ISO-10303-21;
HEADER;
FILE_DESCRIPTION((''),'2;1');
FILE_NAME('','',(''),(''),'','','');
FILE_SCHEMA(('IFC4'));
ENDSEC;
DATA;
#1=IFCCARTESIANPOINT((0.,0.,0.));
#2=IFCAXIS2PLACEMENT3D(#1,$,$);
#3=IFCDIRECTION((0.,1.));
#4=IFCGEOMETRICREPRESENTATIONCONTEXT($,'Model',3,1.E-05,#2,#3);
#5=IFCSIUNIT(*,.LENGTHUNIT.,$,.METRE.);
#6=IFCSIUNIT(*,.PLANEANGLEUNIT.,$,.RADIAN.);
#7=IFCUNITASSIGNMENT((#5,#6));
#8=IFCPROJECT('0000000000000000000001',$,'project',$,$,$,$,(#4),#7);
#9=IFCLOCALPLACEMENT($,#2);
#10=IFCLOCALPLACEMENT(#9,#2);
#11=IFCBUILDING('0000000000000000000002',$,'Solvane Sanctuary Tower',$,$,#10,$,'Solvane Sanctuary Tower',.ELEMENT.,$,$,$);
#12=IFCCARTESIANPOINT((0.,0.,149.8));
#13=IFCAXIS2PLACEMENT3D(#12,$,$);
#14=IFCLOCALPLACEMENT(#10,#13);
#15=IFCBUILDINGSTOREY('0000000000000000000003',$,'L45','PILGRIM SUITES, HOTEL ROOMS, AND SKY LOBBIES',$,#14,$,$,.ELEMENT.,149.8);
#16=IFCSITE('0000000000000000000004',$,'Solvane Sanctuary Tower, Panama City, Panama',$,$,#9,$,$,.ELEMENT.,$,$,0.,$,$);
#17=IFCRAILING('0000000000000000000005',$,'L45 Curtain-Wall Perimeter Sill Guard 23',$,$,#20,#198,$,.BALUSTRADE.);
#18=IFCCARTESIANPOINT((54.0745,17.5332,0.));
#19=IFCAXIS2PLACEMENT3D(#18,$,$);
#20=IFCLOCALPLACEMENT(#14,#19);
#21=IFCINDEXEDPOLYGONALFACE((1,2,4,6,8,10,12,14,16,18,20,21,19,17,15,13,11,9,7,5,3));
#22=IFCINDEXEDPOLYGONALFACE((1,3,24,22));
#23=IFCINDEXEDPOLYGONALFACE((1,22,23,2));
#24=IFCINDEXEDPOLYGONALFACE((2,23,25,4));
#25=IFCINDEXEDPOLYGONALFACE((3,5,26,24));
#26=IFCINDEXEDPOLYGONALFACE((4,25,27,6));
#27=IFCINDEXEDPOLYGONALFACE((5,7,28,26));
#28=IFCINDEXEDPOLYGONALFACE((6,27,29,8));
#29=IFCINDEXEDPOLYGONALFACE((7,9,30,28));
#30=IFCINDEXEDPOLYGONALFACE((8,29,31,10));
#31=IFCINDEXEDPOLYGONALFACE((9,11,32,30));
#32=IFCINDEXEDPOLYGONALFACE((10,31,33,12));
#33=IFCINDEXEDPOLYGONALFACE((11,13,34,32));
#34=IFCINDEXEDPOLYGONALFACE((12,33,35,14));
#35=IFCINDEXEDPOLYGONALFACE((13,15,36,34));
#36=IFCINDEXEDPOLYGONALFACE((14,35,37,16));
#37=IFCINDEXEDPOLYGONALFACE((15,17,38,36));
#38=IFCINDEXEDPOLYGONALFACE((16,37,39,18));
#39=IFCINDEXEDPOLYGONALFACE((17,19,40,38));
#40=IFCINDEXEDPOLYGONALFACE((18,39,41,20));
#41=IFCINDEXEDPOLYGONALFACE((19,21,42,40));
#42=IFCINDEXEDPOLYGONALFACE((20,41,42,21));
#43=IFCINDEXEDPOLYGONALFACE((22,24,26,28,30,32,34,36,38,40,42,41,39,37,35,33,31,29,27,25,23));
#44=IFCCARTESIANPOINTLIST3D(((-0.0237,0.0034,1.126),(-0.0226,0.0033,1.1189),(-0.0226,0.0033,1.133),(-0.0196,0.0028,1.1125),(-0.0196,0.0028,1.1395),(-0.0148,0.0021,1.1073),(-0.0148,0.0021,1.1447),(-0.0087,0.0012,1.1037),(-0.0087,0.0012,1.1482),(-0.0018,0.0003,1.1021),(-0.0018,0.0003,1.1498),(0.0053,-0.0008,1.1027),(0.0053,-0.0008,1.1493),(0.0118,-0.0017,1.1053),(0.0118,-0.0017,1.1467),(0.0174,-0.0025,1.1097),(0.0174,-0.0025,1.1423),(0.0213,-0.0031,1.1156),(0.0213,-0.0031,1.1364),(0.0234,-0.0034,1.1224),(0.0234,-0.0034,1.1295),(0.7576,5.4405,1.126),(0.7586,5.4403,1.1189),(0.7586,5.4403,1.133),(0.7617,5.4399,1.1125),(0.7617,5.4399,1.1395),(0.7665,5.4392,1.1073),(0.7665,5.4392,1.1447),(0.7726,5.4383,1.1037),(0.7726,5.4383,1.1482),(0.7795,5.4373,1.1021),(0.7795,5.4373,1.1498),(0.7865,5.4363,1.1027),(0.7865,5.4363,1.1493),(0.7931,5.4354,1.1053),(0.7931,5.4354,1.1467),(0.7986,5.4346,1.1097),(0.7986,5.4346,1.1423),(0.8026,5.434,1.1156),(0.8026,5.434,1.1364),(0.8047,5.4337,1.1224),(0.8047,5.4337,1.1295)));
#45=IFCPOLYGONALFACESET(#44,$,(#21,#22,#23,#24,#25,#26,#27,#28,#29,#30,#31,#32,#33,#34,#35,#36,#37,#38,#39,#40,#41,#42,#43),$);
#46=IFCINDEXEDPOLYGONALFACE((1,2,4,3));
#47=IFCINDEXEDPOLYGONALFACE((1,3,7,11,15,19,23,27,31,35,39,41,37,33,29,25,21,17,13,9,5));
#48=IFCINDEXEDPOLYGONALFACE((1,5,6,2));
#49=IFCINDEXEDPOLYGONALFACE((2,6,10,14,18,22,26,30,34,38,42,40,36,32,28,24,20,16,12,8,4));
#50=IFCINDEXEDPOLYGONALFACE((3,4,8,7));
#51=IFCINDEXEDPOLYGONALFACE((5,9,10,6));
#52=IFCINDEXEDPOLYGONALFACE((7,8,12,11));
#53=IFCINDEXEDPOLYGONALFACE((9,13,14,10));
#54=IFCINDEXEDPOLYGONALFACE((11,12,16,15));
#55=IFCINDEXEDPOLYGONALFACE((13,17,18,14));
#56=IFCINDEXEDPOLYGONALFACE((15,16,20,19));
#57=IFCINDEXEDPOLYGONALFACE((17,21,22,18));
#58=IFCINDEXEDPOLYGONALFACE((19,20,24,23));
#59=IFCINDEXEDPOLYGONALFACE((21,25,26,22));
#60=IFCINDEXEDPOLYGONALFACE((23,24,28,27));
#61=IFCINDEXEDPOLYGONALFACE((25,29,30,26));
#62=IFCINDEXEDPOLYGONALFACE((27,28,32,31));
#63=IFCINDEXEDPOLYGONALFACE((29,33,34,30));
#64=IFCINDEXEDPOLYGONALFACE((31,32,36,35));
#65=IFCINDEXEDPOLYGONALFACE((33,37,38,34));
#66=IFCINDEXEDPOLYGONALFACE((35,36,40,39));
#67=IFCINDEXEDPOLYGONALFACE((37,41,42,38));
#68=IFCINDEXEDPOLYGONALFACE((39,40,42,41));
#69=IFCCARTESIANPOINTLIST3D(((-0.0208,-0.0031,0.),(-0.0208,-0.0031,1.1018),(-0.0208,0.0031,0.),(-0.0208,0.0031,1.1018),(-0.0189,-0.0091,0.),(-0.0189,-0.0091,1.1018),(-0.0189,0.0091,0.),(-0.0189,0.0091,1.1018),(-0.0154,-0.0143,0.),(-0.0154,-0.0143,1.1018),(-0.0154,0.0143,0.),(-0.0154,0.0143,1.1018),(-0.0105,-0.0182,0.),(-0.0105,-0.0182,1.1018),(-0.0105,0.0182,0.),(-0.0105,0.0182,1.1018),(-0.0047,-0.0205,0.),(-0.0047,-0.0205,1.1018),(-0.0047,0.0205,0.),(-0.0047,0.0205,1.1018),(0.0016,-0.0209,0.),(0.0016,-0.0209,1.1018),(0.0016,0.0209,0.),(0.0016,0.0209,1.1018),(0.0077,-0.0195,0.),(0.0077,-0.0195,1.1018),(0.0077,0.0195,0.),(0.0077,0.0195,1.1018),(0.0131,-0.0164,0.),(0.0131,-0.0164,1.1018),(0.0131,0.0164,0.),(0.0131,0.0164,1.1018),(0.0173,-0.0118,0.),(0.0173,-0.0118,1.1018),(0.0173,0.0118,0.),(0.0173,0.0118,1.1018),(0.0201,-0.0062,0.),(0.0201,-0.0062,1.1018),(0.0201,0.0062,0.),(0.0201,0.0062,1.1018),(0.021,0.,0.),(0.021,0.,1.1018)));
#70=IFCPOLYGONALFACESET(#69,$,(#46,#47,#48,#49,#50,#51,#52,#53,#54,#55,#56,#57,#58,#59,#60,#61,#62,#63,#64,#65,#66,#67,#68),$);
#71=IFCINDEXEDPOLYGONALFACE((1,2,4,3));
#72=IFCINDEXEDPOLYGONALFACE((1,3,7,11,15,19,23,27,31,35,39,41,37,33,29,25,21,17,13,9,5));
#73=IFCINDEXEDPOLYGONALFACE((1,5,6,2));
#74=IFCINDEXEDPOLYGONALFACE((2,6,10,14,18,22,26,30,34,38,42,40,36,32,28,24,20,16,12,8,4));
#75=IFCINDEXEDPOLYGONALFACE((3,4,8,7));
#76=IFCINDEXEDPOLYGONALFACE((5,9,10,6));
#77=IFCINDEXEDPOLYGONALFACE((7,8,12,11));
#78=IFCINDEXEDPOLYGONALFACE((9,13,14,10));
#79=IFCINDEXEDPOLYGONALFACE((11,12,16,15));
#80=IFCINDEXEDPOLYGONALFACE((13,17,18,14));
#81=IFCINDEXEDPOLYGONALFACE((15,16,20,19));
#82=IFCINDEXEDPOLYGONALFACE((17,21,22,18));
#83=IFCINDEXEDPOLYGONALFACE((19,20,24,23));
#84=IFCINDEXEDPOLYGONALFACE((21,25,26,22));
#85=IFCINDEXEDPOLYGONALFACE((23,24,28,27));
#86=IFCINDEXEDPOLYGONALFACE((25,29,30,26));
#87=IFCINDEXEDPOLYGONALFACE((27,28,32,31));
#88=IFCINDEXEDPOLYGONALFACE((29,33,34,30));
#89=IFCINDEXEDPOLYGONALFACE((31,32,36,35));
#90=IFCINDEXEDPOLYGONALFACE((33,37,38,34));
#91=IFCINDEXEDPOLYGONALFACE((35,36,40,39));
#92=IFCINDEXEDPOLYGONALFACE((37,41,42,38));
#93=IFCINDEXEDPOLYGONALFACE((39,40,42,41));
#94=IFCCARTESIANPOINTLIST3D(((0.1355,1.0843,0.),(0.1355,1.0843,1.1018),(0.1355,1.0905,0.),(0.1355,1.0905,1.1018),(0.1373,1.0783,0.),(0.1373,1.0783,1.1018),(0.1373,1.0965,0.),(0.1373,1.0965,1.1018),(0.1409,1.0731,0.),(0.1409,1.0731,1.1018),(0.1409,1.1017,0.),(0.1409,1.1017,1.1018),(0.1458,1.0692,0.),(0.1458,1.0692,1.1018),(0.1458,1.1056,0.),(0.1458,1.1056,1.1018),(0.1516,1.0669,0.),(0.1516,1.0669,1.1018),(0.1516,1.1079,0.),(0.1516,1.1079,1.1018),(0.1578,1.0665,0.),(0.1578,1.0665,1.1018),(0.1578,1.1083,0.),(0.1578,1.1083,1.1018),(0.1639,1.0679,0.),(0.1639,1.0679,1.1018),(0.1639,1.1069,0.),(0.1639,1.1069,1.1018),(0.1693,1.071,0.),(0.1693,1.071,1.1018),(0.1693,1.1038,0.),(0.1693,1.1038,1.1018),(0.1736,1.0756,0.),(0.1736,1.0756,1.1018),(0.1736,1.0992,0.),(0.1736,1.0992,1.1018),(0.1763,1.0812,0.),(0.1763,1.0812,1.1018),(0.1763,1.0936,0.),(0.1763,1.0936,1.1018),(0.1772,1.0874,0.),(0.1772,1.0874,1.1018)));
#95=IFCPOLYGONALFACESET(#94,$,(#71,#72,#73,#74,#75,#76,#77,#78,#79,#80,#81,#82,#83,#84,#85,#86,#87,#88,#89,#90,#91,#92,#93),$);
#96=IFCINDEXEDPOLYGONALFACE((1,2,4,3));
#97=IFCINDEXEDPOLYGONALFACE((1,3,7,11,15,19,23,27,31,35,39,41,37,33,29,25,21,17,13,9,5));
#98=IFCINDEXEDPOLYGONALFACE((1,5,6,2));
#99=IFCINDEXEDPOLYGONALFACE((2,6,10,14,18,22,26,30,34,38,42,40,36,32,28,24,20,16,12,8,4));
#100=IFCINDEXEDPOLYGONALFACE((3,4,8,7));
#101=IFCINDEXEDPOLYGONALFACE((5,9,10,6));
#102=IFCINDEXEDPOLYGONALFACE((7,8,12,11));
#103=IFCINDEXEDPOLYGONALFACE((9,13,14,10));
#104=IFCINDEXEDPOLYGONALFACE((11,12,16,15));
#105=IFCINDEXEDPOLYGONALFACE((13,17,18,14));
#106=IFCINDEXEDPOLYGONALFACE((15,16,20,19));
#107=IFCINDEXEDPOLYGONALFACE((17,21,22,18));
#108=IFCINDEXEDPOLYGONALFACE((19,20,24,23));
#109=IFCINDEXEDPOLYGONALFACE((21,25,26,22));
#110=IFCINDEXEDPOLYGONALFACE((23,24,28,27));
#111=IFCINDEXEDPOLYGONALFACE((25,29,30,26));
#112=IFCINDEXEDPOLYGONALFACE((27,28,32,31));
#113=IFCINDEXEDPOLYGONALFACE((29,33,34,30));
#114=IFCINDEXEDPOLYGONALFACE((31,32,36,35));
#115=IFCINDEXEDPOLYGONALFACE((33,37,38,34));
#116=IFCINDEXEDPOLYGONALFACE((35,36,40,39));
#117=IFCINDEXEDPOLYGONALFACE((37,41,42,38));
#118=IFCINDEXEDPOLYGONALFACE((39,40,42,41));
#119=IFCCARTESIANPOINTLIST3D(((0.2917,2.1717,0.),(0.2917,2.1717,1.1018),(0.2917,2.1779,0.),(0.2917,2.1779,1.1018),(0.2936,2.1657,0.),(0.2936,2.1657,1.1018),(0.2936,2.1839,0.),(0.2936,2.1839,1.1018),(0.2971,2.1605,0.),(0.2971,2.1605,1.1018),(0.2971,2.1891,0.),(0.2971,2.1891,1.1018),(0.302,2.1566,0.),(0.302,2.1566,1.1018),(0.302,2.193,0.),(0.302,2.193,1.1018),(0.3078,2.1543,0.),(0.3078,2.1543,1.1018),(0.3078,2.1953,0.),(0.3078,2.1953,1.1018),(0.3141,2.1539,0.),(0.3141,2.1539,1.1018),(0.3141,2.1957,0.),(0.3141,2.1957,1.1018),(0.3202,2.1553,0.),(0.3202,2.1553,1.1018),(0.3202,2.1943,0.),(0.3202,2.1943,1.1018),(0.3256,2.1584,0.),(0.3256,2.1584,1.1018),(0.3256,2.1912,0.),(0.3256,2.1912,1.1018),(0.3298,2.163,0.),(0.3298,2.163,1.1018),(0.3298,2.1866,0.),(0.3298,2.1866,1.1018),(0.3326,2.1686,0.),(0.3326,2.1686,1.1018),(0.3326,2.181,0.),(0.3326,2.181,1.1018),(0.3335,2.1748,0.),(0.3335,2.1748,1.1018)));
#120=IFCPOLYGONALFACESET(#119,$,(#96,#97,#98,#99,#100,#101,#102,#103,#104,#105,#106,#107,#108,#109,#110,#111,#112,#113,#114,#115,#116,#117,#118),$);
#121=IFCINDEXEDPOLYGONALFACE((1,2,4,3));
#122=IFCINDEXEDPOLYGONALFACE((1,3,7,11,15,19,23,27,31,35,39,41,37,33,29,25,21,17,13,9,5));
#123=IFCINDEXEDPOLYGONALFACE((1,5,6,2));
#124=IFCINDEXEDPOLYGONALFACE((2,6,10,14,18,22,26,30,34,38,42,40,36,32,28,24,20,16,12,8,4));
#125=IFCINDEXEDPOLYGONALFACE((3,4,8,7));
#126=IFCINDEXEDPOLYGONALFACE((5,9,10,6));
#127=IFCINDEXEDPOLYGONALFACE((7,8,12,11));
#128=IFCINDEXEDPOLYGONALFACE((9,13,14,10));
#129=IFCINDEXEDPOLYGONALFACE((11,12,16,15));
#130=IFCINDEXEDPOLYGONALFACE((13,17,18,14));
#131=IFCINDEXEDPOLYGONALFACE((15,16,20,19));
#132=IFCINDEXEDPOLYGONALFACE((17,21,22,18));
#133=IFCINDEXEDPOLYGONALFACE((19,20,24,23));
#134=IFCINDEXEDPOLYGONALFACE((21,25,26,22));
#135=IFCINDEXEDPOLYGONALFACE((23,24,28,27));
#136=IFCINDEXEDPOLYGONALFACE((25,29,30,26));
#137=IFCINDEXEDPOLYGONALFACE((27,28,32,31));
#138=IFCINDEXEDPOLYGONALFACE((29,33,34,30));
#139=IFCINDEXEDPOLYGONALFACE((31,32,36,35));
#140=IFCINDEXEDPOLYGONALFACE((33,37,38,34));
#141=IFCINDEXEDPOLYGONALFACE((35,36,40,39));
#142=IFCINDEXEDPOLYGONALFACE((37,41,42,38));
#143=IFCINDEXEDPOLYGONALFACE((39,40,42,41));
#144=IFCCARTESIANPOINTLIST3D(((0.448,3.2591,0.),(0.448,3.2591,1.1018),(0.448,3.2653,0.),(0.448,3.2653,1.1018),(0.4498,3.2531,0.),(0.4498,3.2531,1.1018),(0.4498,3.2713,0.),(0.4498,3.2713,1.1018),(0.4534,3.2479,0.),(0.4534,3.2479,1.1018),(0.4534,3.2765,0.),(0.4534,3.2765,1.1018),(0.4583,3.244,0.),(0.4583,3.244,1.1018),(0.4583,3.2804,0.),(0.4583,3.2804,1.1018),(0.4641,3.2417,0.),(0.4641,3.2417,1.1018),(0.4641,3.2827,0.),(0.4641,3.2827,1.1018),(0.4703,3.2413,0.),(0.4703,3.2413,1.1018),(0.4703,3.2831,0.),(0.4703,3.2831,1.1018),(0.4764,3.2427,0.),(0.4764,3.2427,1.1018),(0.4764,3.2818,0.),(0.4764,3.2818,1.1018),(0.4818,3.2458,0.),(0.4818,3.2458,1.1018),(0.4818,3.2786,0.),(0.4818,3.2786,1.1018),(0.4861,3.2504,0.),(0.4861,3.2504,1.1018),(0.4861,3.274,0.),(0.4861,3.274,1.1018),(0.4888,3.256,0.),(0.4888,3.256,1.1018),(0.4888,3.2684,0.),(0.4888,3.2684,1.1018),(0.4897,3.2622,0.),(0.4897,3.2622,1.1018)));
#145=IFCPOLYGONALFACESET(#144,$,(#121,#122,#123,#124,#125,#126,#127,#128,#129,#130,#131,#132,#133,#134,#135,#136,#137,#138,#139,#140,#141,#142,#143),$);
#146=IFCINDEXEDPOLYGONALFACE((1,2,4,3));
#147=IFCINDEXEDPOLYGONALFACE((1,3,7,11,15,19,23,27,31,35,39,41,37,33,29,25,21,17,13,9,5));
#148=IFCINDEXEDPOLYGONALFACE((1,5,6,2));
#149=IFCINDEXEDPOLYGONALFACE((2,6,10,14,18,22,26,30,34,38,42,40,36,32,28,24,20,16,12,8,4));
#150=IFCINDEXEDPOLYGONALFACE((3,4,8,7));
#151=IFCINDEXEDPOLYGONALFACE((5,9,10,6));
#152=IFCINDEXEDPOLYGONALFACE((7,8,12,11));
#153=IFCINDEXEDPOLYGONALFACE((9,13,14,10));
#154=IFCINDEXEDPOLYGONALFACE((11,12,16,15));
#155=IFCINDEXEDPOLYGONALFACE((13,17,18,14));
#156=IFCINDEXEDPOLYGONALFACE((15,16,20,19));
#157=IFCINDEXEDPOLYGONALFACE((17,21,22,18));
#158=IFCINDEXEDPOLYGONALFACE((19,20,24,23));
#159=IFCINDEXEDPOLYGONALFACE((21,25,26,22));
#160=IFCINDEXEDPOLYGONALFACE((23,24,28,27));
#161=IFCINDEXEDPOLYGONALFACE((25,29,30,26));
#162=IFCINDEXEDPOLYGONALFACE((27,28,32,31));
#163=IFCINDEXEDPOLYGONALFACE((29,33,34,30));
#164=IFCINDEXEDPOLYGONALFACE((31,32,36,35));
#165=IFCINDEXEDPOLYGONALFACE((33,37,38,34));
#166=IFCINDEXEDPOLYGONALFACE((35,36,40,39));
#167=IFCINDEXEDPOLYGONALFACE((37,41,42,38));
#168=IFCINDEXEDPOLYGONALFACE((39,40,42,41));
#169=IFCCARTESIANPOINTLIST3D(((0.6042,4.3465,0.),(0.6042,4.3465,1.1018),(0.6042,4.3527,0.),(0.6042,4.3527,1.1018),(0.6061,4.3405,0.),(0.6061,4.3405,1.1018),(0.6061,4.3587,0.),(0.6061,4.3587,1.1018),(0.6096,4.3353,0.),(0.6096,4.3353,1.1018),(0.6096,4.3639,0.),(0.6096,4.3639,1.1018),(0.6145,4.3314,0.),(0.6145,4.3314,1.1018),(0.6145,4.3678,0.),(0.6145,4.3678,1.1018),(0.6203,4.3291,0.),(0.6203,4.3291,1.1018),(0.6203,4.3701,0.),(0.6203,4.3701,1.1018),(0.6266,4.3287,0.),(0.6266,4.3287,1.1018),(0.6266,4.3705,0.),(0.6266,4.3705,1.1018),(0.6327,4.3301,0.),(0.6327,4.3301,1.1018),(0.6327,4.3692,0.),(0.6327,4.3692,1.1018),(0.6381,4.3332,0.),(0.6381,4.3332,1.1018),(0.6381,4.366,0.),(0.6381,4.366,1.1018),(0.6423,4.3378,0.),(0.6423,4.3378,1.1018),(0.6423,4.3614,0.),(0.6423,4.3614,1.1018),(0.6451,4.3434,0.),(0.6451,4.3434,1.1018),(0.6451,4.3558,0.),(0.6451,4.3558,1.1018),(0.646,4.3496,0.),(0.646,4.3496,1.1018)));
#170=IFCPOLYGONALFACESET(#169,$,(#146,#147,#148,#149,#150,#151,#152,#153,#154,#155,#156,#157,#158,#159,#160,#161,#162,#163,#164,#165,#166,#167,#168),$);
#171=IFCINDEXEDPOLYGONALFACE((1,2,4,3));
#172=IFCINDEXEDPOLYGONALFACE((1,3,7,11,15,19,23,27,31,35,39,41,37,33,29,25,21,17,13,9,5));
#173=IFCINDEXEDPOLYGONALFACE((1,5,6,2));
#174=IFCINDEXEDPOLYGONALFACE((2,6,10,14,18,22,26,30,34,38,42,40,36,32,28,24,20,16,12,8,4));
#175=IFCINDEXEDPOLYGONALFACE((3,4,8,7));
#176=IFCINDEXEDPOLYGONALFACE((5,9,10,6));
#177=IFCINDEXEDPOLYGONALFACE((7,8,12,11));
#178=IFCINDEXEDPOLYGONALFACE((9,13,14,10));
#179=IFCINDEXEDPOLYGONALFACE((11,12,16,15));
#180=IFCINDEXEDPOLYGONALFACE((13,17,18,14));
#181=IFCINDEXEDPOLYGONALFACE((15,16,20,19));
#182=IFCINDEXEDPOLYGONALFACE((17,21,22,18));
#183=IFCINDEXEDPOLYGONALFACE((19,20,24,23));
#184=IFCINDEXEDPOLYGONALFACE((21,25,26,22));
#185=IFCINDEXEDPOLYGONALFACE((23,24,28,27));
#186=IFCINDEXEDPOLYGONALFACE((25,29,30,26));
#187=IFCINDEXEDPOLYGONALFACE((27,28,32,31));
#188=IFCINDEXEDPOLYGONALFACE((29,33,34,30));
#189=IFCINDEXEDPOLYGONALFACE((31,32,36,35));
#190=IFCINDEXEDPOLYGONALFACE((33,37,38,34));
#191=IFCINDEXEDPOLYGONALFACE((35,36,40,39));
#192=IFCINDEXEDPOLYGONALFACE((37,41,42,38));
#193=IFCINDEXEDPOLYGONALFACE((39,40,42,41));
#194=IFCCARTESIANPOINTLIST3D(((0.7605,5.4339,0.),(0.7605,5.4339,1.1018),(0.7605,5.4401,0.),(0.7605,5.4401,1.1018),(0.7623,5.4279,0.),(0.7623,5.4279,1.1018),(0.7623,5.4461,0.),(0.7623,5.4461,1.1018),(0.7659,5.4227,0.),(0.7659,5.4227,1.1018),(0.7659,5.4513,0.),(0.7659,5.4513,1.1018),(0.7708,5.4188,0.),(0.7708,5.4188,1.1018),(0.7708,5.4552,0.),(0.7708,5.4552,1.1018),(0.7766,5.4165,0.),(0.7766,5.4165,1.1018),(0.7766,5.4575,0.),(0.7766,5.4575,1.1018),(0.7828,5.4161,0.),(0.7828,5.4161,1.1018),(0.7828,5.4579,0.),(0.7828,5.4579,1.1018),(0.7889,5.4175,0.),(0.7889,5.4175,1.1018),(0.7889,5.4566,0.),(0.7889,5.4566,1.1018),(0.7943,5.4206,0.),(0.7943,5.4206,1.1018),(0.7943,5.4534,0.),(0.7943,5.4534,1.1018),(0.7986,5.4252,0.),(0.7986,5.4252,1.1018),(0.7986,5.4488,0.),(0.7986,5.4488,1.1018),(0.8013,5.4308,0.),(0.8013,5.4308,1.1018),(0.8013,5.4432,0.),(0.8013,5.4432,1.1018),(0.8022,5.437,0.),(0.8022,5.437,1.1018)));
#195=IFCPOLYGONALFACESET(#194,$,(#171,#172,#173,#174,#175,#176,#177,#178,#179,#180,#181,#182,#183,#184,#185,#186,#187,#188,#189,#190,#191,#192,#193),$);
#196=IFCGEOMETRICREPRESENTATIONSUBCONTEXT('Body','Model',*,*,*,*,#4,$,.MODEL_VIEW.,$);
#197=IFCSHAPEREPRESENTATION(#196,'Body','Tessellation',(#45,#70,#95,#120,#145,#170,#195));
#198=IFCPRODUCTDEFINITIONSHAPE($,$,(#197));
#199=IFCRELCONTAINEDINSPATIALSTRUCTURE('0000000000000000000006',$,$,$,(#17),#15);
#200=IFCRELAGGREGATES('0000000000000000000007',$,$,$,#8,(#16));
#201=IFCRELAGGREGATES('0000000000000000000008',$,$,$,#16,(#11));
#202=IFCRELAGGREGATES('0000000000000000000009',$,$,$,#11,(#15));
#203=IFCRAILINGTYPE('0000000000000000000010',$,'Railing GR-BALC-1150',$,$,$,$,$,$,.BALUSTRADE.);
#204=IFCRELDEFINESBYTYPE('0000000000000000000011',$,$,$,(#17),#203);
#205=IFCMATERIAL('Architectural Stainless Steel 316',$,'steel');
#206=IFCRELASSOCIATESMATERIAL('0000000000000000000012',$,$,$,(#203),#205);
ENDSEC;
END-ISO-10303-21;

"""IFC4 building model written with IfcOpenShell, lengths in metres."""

from ifc_helpers import new_model, si_unit, direction, frame, origin, origin_2d, place, context, subcontext, project, spatial, circle, extrude, material, type_object, element, save


model = new_model("IFC4")

# Units and contexts
model_context = context("Model", 3, precision=1e-05, world=origin(), true_north=direction((0.0, 1.0)))
body_context = subcontext(model_context, "Body", "Model", "MODEL_VIEW")
ifc_project = project(units=[si_unit("LENGTHUNIT", "METRE"), si_unit("PLANEANGLEUNIT", "RADIAN")], contexts=[model_context])

# Site, building, storey
site_placement = place(None, origin())
site = spatial("IfcSite", under=ifc_project, at=site_placement, Name="Solvane Sanctuary Tower, Panama City, Panama", CompositionType="ELEMENT", RefElevation=0.0)
building_placement = place(site_placement, origin())
building = spatial("IfcBuilding", under=site, at=building_placement, Name="Solvane Sanctuary Tower", LongName="Solvane Sanctuary Tower", CompositionType="ELEMENT")
storey_placement = place(building_placement, frame((0.0, 0.0, 149.8)))
storey = spatial("IfcBuildingStorey", under=building, at=storey_placement, Name="L45", Description="PILGRIM SUITES, HOTEL ROOMS, AND SKY LOBBIES", CompositionType="ELEMENT", Elevation=149.8)

# Shared definitions
ifc_material_1 = material(Name="Architectural Stainless Steel 316", Category="steel")

# Railing
railing_type_1 = type_object("IfcRailingType", Name="Railing GR-BALC-1150", PredefinedType="BALUSTRADE", material=ifc_material_1)
railing_1_placement = place(storey_placement, frame((54.0745, 17.5332, 0.0)))
element("IfcRailing", 1, at=railing_1_placement, inside=storey, type_object=railing_type_1, Name="L45 Curtain-Wall Perimeter Sill Guard 23", PredefinedType="BALUSTRADE", context=body_context, shape_type="SweptSolid", body=[
    extrude(circle(Radius=0.0239, at=origin_2d()), frame((0.0, 0.0, 1.126), z_axis=(0.14223, 0.989834, 0.0), x_axis=(-0.989834, 0.14223, 0.0)), (0.0, 0.0, 1.0), 5.4929),
    extrude(circle(Radius=0.021, at=origin_2d()), origin(), (0.0, 0.0, 1.0), 1.1018),
    extrude(circle(Radius=0.021, at=origin_2d()), frame((0.1562, 1.0874, 0.0)), (0.0, 0.0, 1.0), 1.1018),
    extrude(circle(Radius=0.021, at=origin_2d()), frame((0.3125, 2.1748, 0.0)), (0.0, 0.0, 1.0), 1.1018),
    extrude(circle(Radius=0.021, at=origin_2d()), frame((0.4688, 3.2622, 0.0)), (0.0, 0.0, 1.0), 1.1018),
    extrude(circle(Radius=0.021, at=origin_2d()), frame((0.625, 4.3496, 0.0)), (0.0, 0.0, 1.0), 1.1018),
    extrude(circle(Radius=0.021, at=origin_2d()), frame((0.7812, 5.437, 0.0)), (0.0, 0.0, 1.0), 1.1018),
])

save(model, "model.ifc")
